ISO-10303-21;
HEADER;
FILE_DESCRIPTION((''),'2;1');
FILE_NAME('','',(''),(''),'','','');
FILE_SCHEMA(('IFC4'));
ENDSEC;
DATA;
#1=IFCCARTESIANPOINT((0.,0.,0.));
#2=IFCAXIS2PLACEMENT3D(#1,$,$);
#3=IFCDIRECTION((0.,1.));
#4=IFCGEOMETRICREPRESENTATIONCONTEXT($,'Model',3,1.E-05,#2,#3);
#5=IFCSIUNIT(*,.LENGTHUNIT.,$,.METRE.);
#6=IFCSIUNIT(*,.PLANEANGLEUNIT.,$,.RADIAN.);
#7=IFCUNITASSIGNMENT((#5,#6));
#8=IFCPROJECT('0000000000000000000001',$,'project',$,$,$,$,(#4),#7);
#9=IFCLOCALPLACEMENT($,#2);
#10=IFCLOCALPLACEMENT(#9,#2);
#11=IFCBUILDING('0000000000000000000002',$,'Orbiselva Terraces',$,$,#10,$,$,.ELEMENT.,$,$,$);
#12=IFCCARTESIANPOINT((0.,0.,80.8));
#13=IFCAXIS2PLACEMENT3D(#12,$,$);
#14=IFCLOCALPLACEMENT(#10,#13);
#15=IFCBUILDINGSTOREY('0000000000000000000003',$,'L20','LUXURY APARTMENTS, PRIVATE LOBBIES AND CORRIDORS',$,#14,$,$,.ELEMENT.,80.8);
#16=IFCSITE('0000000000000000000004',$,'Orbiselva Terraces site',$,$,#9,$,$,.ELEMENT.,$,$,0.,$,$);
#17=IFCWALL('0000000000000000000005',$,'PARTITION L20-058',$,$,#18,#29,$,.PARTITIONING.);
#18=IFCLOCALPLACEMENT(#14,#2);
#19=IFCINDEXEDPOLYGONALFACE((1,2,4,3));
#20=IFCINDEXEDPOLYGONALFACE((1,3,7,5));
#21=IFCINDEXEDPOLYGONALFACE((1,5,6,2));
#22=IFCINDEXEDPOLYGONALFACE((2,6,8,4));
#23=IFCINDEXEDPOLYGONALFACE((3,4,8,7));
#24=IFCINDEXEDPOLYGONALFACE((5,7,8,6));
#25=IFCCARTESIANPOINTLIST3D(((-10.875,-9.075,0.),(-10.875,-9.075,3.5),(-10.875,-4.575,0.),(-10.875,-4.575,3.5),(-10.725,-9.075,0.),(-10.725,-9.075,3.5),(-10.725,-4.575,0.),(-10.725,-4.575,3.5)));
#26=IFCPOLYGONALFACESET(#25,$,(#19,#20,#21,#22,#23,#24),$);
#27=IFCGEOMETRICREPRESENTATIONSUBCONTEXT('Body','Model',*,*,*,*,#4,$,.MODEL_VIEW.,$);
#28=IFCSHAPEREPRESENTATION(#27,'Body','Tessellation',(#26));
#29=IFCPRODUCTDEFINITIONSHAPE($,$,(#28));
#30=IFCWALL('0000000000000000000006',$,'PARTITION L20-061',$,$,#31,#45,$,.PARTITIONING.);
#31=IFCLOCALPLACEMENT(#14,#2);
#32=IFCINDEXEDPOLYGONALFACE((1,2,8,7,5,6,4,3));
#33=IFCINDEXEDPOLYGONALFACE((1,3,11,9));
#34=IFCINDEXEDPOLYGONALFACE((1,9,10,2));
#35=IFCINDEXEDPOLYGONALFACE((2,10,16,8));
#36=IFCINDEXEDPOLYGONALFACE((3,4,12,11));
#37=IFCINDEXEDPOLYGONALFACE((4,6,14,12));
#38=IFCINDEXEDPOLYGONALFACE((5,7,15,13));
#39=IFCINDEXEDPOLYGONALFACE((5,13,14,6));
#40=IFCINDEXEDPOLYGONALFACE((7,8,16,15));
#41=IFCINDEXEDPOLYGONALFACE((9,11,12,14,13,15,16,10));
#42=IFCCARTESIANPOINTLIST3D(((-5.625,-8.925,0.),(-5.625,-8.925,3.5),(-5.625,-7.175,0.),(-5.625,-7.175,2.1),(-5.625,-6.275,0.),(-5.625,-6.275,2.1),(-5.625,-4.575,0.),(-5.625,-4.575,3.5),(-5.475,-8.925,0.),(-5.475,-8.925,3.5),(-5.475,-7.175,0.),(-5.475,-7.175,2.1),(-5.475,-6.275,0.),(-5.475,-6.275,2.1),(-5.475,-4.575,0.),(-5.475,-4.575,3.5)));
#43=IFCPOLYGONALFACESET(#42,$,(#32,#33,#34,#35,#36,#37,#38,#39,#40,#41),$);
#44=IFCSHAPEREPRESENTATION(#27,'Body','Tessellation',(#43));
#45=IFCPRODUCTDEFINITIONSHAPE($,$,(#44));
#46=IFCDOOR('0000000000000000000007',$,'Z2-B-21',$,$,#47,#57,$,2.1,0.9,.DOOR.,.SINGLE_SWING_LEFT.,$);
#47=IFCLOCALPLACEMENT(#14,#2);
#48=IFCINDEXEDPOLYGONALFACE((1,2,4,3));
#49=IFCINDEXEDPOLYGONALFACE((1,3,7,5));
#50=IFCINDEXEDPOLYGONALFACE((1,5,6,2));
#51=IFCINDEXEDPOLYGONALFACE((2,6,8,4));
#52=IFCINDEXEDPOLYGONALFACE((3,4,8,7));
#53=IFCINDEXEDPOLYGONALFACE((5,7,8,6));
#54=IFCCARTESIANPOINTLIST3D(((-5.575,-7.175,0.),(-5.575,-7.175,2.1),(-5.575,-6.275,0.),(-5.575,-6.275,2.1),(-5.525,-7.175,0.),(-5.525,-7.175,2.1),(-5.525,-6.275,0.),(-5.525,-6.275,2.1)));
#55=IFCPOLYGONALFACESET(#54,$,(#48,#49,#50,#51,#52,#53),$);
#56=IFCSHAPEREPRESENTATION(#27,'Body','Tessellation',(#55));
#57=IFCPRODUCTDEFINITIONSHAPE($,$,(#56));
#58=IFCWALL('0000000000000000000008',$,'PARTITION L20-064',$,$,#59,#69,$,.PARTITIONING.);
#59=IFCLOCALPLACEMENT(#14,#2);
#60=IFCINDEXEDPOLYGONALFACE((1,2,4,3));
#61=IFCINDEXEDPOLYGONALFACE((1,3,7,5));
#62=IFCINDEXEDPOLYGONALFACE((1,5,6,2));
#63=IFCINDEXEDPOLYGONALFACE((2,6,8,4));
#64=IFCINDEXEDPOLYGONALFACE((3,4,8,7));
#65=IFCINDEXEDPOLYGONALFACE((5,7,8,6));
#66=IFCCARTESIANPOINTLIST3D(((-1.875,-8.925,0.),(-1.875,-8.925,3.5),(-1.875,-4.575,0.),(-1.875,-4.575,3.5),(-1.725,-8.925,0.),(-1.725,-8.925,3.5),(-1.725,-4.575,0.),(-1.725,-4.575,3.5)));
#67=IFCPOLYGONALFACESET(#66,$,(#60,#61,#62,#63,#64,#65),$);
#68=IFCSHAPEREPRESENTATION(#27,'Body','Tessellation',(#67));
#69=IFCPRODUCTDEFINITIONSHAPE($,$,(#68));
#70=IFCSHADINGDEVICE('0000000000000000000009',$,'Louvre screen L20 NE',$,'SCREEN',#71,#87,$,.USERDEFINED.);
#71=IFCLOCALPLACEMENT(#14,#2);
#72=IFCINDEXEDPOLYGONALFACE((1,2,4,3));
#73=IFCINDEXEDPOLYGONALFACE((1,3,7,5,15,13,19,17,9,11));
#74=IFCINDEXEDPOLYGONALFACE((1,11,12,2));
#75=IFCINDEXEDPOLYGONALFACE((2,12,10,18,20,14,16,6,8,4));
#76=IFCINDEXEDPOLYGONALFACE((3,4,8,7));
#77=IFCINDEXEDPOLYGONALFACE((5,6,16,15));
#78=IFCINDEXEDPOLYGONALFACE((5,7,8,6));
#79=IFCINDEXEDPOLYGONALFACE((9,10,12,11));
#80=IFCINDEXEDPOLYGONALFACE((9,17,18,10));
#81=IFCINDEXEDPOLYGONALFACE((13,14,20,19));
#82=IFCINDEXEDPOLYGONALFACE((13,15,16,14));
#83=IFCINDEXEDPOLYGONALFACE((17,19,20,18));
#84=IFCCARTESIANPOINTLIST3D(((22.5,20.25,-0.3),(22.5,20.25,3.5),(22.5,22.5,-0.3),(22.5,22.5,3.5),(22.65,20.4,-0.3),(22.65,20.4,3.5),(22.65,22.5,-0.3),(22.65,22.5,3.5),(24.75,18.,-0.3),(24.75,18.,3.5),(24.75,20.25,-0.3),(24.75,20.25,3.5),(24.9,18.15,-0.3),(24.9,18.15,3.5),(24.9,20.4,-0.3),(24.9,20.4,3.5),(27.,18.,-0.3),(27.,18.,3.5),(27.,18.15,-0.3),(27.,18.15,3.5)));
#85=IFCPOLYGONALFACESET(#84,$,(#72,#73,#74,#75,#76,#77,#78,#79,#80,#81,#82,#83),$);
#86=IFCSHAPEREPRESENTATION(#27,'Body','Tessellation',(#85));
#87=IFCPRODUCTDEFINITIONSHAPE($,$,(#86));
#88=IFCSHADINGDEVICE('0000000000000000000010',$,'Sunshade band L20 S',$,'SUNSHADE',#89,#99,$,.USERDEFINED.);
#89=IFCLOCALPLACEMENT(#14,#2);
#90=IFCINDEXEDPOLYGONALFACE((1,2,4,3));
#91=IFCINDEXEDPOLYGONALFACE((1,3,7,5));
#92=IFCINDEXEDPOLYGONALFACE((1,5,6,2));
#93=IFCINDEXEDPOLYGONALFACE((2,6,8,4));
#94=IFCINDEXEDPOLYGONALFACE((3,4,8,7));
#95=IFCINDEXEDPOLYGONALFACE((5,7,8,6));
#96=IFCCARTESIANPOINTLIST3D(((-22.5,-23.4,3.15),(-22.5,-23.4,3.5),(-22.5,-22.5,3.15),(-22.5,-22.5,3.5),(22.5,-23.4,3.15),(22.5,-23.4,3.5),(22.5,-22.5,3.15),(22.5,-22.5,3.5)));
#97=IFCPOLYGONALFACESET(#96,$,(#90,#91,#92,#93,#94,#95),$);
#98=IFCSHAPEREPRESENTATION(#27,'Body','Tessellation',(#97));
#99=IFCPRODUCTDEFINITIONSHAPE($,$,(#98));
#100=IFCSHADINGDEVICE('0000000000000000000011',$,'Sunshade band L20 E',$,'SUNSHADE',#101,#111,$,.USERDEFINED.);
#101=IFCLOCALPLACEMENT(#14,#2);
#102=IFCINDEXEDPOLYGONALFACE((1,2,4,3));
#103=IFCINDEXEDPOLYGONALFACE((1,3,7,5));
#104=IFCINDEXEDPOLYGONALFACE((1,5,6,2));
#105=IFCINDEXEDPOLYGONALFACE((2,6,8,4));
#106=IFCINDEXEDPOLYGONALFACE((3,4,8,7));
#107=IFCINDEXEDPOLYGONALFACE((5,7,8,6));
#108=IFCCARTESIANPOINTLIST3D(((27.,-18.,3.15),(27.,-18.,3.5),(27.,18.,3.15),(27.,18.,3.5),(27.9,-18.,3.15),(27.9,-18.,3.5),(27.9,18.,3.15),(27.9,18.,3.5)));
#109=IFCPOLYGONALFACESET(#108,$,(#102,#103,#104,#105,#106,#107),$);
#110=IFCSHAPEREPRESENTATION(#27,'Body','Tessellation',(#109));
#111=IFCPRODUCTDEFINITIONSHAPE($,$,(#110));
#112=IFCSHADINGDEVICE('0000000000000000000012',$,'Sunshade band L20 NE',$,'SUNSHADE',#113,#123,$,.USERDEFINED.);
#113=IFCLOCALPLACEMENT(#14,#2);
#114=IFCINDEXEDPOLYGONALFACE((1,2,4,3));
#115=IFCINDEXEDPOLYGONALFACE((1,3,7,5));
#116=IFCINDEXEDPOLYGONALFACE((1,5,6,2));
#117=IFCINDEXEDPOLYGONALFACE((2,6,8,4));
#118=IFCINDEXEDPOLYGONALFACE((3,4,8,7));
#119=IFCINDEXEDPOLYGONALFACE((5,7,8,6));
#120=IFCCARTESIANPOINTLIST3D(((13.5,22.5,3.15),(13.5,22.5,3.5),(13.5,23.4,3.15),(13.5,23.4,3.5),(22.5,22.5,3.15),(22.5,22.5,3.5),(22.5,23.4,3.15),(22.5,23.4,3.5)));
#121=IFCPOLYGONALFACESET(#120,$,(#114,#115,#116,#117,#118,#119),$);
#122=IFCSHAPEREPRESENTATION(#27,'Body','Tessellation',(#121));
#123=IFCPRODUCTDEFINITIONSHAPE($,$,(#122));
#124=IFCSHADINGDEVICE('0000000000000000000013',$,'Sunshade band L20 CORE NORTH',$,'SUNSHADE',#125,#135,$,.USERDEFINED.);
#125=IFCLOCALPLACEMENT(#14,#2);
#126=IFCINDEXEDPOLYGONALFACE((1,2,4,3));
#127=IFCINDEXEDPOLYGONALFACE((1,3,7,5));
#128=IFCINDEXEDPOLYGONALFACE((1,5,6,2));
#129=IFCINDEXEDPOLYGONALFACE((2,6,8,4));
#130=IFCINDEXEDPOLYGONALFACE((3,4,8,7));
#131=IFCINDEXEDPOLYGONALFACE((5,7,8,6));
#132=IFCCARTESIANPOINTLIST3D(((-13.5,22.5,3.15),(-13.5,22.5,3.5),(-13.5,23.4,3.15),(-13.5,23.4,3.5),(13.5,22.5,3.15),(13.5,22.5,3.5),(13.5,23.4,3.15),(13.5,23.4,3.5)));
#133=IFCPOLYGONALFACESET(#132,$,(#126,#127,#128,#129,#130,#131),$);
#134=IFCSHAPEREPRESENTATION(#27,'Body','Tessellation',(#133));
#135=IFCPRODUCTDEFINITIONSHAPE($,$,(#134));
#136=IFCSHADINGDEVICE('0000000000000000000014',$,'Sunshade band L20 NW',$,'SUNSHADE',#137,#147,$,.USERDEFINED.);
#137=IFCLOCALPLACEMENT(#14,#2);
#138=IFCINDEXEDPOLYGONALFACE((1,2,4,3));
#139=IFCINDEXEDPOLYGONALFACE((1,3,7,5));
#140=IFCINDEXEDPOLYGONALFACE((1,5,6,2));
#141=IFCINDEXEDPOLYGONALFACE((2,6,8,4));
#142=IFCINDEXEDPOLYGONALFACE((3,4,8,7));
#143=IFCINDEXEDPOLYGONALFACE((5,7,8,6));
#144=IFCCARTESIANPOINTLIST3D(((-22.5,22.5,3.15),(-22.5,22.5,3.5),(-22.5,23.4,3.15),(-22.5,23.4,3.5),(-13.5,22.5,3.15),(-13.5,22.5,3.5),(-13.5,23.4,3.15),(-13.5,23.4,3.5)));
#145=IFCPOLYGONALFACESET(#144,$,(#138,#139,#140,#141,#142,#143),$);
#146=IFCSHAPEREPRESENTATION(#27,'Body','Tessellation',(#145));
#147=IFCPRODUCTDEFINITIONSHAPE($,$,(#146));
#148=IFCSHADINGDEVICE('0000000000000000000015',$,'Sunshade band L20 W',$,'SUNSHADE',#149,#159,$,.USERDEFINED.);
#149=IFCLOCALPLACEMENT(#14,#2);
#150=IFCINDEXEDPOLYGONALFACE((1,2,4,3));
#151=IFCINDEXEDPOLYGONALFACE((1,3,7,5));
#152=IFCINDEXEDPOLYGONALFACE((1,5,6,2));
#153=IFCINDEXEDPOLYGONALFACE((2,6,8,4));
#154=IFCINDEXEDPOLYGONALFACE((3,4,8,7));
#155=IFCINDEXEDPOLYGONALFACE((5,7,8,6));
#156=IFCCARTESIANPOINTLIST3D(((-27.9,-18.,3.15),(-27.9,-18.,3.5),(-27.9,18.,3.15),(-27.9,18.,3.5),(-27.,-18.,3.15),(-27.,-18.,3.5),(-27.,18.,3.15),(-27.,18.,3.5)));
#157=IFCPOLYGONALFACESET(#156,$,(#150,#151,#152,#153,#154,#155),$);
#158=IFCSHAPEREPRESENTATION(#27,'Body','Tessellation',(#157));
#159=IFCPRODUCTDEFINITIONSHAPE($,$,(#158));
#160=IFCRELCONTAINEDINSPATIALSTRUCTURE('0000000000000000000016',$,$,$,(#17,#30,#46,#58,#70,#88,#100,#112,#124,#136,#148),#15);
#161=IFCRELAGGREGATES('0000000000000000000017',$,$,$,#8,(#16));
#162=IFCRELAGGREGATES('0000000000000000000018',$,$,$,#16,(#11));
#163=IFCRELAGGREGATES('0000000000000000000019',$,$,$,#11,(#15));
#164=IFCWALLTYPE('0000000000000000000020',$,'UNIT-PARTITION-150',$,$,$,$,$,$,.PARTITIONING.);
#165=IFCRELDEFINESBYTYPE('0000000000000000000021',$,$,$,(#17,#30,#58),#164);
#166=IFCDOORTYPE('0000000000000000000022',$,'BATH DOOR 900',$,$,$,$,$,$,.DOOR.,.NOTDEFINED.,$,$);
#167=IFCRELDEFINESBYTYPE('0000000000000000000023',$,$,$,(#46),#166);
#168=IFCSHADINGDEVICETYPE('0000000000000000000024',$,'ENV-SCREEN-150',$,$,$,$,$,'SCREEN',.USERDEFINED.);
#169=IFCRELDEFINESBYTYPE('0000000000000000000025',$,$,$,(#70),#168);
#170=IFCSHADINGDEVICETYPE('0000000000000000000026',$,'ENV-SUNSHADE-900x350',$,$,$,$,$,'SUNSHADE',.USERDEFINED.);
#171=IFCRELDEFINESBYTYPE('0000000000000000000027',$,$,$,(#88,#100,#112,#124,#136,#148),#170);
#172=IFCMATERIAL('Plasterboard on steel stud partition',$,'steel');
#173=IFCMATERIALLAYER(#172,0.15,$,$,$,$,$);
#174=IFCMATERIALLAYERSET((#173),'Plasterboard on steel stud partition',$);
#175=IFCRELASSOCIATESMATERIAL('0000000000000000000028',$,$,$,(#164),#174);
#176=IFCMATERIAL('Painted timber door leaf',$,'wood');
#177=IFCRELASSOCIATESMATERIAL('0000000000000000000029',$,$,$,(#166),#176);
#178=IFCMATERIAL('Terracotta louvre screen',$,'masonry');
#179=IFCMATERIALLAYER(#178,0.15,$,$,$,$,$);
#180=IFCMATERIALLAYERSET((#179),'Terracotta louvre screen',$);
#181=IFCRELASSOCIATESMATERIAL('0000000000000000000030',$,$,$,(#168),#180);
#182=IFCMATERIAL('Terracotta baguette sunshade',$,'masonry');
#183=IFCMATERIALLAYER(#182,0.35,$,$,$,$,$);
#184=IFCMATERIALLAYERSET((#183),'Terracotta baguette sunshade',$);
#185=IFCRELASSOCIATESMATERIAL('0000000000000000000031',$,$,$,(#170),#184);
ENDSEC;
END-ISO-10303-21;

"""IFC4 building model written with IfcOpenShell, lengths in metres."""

from ifc_helpers import new_model, si_unit, direction, frame, frame_2d, origin, place, context, subcontext, project, spatial, polyline, rectangle, outline, extrude, material, layer, layer_set, type_object, element, fill, save


model = new_model("IFC4")

# Units and contexts
model_context = context("Model", 3, precision=1e-05, world=origin(), true_north=direction((0.0, 1.0)))
body_context = subcontext(model_context, "Body", "Model", "MODEL_VIEW")
ifc_project = project(units=[si_unit("LENGTHUNIT", "METRE"), si_unit("PLANEANGLEUNIT", "RADIAN")], contexts=[model_context])

# Site, building, storey
site_placement = place(None, origin())
site = spatial("IfcSite", under=ifc_project, at=site_placement, Name="Orbiselva Terraces site", CompositionType="ELEMENT", RefElevation=0.0)
building_placement = place(site_placement, origin())
building = spatial("IfcBuilding", under=site, at=building_placement, Name="Orbiselva Terraces", CompositionType="ELEMENT")
storey_placement = place(building_placement, frame((0.0, 0.0, 80.8)))
storey = spatial("IfcBuildingStorey", under=building, at=storey_placement, Name="L20", Description="LUXURY APARTMENTS, PRIVATE LOBBIES AND CORRIDORS", CompositionType="ELEMENT", Elevation=80.8)

# Shared definitions
ifc_material_1 = material(Name="Plasterboard on steel stud partition", Category="steel")
ifc_material_2 = material(Name="Painted timber door leaf", Category="wood")

# Shared definitions
ifc_layer_1 = layer(ifc_material_1, 0.15)
ifc_layer_set_1 = layer_set([ifc_layer_1], Name="Plasterboard on steel stud partition")
wall_type_1 = type_object("IfcWallType", Name="UNIT-PARTITION-150", PredefinedType="PARTITIONING", material=ifc_layer_set_1)

# Wall
wall_1_placement = place(storey_placement, frame((-10.8, -9.075, 0.0), z_axis=(0.0, 0.0, 1.0), x_axis=(0.0, 1.0, 0.0)))
element("IfcWall", 1, at=wall_1_placement, inside=storey, type_object=wall_type_1, Name="PARTITION L20-058", PredefinedType="PARTITIONING", context=body_context, shape_type="SweptSolid", body=[
    extrude(rectangle(XDim=4.5, YDim=0.15, at=frame_2d((2.25, 0.0))), origin(), (0.0, 0.0, 1.0), 3.5),
])

# Wall, opening, door
wall_2_placement = place(storey_placement, frame((-5.55, -4.575, 0.0), z_axis=(0.0, 0.0, 1.0), x_axis=(0.0, -1.0, 0.0)))
wall_2 = element("IfcWall", 2, at=wall_2_placement, inside=storey, type_object=wall_type_1, Name="PARTITION L20-061", PredefinedType="PARTITIONING", context=body_context, shape_type="SweptSolid", body=[
    extrude(rectangle(XDim=4.35, YDim=0.15, at=frame_2d((2.175, 0.0))), origin(), (0.0, 0.0, 1.0), 3.5),
])
opening_1_placement = place(wall_2_placement, frame((1.7, 0.0, 0.0)))
opening_1 = element("IfcOpeningElement", 3, at=opening_1_placement, cuts=wall_2, PredefinedType="OPENING", context=body_context, shape_type="SweptSolid", body=[
    extrude(rectangle(XDim=0.9, YDim=2.1, at=frame_2d((0.45, 1.05))), frame((0.0, 0.085, 0.0), z_axis=(0.0, -1.0, 0.0), x_axis=(1.0, 0.0, 0.0)), (0.0, 0.0, 1.0), 0.17),
])
door_type_1 = type_object("IfcDoorType", Name="BATH DOOR 900", OperationType="NOTDEFINED", PredefinedType="DOOR", material=ifc_material_2)
door_1_placement = place(opening_1_placement, origin())
door_1 = element("IfcDoor", 4, at=door_1_placement, inside=storey, type_object=door_type_1, Name="Z2-B-21", OperationType="SINGLE_SWING_LEFT", OverallHeight=2.1, OverallWidth=0.9, PredefinedType="DOOR", context=body_context, shape_type="SweptSolid", body=[
    extrude(rectangle(XDim=0.9, YDim=2.1, at=frame_2d((0.45, 1.05))), frame((0.0, 0.025, 0.0), z_axis=(0.0, -1.0, 0.0), x_axis=(1.0, 0.0, 0.0)), (0.0, 0.0, 1.0), 0.05),
])
fill(opening_1, door_1)

# Wall
wall_3_placement = place(storey_placement, frame((-1.8, -8.925, 0.0), z_axis=(0.0, 0.0, 1.0), x_axis=(0.0, 1.0, 0.0)))
element("IfcWall", 5, at=wall_3_placement, inside=storey, type_object=wall_type_1, Name="PARTITION L20-064", PredefinedType="PARTITIONING", context=body_context, shape_type="SweptSolid", body=[
    extrude(rectangle(XDim=4.35, YDim=0.15, at=frame_2d((2.175, 0.0))), origin(), (0.0, 0.0, 1.0), 3.5),
])

# Shading devices
ifc_material_3 = material(Name="Terracotta louvre screen", Category="masonry")
ifc_layer_2 = layer(ifc_material_3, 0.15)
ifc_layer_set_2 = layer_set([ifc_layer_2], Name="Terracotta louvre screen")
shading_device_type_1 = type_object("IfcShadingDeviceType", Name="ENV-SCREEN-150", ElementType="SCREEN", PredefinedType="USERDEFINED", material=ifc_layer_set_2)
shading_device_1_placement = place(storey_placement, frame((0.0, 0.0, -0.3)))
element("IfcShadingDevice", 6, at=shading_device_1_placement, inside=storey, type_object=shading_device_type_1, Name="Louvre screen L20 NE", ObjectType="SCREEN", PredefinedType="USERDEFINED", context=body_context, shape_type="SweptSolid", body=[
    extrude(outline(polyline([(27.0, 18.15), (24.9, 18.15), (24.9, 20.4), (22.65, 20.4), (22.65, 22.5), (22.5, 22.5), (22.5, 20.25), (24.75, 20.25), (24.75, 18.0), (27.0, 18.0), (27.0, 18.15)])), origin(), (0.0, 0.0, 1.0), 3.8),
])
ifc_material_4 = material(Name="Terracotta baguette sunshade", Category="masonry")
ifc_layer_3 = layer(ifc_material_4, 0.35)
ifc_layer_set_3 = layer_set([ifc_layer_3], Name="Terracotta baguette sunshade")
shading_device_type_2 = type_object("IfcShadingDeviceType", Name="ENV-SUNSHADE-900x350", ElementType="SUNSHADE", PredefinedType="USERDEFINED", material=ifc_layer_set_3)
shading_device_2_placement = place(storey_placement, frame((0.0, 0.0, 3.15)))
element("IfcShadingDevice", 7, at=shading_device_2_placement, inside=storey, type_object=shading_device_type_2, Name="Sunshade band L20 S", ObjectType="SUNSHADE", PredefinedType="USERDEFINED", context=body_context, shape_type="SweptSolid", body=[
    extrude(outline(polyline([(-22.5, -23.4), (22.5, -23.4), (22.5, -22.5), (-22.5, -22.5), (-22.5, -23.4)])), origin(), (0.0, 0.0, 1.0), 0.35),
])
shading_device_3_placement = place(storey_placement, frame((0.0, 0.0, 3.15)))
element("IfcShadingDevice", 8, at=shading_device_3_placement, inside=storey, type_object=shading_device_type_2, Name="Sunshade band L20 E", ObjectType="SUNSHADE", PredefinedType="USERDEFINED", context=body_context, shape_type="SweptSolid", body=[
    extrude(outline(polyline([(27.9, -18.0), (27.9, 18.0), (27.0, 18.0), (27.0, -18.0), (27.9, -18.0)])), origin(), (0.0, 0.0, 1.0), 0.35),
])
shading_device_4_placement = place(storey_placement, frame((0.0, 0.0, 3.15)))
element("IfcShadingDevice", 9, at=shading_device_4_placement, inside=storey, type_object=shading_device_type_2, Name="Sunshade band L20 NE", ObjectType="SUNSHADE", PredefinedType="USERDEFINED", context=body_context, shape_type="SweptSolid", body=[
    extrude(outline(polyline([(22.5, 23.4), (13.5, 23.4), (13.5, 22.5), (22.5, 22.5), (22.5, 23.4)])), origin(), (0.0, 0.0, 1.0), 0.35),
])
shading_device_5_placement = place(storey_placement, frame((0.0, 0.0, 3.15)))
element("IfcShadingDevice", 10, at=shading_device_5_placement, inside=storey, type_object=shading_device_type_2, Name="Sunshade band L20 CORE NORTH", ObjectType="SUNSHADE", PredefinedType="USERDEFINED", context=body_context, shape_type="SweptSolid", body=[
    extrude(outline(polyline([(13.5, 23.4), (-13.5, 23.4), (-13.5, 22.5), (13.5, 22.5), (13.5, 23.4)])), origin(), (0.0, 0.0, 1.0), 0.35),
])
shading_device_6_placement = place(storey_placement, frame((0.0, 0.0, 3.15)))
element("IfcShadingDevice", 11, at=shading_device_6_placement, inside=storey, type_object=shading_device_type_2, Name="Sunshade band L20 NW", ObjectType="SUNSHADE", PredefinedType="USERDEFINED", context=body_context, shape_type="SweptSolid", body=[
    extrude(outline(polyline([(-13.5, 23.4), (-22.5, 23.4), (-22.5, 22.5), (-13.5, 22.5), (-13.5, 23.4)])), origin(), (0.0, 0.0, 1.0), 0.35),
])
shading_device_7_placement = place(storey_placement, frame((0.0, 0.0, 3.15)))
element("IfcShadingDevice", 12, at=shading_device_7_placement, inside=storey, type_object=shading_device_type_2, Name="Sunshade band L20 W", ObjectType="SUNSHADE", PredefinedType="USERDEFINED", context=body_context, shape_type="SweptSolid", body=[
    extrude(outline(polyline([(-27.9, 18.0), (-27.9, -18.0), (-27.0, -18.0), (-27.0, 18.0), (-27.9, 18.0)])), origin(), (0.0, 0.0, 1.0), 0.35),
])

save(model, "model.ifc")
